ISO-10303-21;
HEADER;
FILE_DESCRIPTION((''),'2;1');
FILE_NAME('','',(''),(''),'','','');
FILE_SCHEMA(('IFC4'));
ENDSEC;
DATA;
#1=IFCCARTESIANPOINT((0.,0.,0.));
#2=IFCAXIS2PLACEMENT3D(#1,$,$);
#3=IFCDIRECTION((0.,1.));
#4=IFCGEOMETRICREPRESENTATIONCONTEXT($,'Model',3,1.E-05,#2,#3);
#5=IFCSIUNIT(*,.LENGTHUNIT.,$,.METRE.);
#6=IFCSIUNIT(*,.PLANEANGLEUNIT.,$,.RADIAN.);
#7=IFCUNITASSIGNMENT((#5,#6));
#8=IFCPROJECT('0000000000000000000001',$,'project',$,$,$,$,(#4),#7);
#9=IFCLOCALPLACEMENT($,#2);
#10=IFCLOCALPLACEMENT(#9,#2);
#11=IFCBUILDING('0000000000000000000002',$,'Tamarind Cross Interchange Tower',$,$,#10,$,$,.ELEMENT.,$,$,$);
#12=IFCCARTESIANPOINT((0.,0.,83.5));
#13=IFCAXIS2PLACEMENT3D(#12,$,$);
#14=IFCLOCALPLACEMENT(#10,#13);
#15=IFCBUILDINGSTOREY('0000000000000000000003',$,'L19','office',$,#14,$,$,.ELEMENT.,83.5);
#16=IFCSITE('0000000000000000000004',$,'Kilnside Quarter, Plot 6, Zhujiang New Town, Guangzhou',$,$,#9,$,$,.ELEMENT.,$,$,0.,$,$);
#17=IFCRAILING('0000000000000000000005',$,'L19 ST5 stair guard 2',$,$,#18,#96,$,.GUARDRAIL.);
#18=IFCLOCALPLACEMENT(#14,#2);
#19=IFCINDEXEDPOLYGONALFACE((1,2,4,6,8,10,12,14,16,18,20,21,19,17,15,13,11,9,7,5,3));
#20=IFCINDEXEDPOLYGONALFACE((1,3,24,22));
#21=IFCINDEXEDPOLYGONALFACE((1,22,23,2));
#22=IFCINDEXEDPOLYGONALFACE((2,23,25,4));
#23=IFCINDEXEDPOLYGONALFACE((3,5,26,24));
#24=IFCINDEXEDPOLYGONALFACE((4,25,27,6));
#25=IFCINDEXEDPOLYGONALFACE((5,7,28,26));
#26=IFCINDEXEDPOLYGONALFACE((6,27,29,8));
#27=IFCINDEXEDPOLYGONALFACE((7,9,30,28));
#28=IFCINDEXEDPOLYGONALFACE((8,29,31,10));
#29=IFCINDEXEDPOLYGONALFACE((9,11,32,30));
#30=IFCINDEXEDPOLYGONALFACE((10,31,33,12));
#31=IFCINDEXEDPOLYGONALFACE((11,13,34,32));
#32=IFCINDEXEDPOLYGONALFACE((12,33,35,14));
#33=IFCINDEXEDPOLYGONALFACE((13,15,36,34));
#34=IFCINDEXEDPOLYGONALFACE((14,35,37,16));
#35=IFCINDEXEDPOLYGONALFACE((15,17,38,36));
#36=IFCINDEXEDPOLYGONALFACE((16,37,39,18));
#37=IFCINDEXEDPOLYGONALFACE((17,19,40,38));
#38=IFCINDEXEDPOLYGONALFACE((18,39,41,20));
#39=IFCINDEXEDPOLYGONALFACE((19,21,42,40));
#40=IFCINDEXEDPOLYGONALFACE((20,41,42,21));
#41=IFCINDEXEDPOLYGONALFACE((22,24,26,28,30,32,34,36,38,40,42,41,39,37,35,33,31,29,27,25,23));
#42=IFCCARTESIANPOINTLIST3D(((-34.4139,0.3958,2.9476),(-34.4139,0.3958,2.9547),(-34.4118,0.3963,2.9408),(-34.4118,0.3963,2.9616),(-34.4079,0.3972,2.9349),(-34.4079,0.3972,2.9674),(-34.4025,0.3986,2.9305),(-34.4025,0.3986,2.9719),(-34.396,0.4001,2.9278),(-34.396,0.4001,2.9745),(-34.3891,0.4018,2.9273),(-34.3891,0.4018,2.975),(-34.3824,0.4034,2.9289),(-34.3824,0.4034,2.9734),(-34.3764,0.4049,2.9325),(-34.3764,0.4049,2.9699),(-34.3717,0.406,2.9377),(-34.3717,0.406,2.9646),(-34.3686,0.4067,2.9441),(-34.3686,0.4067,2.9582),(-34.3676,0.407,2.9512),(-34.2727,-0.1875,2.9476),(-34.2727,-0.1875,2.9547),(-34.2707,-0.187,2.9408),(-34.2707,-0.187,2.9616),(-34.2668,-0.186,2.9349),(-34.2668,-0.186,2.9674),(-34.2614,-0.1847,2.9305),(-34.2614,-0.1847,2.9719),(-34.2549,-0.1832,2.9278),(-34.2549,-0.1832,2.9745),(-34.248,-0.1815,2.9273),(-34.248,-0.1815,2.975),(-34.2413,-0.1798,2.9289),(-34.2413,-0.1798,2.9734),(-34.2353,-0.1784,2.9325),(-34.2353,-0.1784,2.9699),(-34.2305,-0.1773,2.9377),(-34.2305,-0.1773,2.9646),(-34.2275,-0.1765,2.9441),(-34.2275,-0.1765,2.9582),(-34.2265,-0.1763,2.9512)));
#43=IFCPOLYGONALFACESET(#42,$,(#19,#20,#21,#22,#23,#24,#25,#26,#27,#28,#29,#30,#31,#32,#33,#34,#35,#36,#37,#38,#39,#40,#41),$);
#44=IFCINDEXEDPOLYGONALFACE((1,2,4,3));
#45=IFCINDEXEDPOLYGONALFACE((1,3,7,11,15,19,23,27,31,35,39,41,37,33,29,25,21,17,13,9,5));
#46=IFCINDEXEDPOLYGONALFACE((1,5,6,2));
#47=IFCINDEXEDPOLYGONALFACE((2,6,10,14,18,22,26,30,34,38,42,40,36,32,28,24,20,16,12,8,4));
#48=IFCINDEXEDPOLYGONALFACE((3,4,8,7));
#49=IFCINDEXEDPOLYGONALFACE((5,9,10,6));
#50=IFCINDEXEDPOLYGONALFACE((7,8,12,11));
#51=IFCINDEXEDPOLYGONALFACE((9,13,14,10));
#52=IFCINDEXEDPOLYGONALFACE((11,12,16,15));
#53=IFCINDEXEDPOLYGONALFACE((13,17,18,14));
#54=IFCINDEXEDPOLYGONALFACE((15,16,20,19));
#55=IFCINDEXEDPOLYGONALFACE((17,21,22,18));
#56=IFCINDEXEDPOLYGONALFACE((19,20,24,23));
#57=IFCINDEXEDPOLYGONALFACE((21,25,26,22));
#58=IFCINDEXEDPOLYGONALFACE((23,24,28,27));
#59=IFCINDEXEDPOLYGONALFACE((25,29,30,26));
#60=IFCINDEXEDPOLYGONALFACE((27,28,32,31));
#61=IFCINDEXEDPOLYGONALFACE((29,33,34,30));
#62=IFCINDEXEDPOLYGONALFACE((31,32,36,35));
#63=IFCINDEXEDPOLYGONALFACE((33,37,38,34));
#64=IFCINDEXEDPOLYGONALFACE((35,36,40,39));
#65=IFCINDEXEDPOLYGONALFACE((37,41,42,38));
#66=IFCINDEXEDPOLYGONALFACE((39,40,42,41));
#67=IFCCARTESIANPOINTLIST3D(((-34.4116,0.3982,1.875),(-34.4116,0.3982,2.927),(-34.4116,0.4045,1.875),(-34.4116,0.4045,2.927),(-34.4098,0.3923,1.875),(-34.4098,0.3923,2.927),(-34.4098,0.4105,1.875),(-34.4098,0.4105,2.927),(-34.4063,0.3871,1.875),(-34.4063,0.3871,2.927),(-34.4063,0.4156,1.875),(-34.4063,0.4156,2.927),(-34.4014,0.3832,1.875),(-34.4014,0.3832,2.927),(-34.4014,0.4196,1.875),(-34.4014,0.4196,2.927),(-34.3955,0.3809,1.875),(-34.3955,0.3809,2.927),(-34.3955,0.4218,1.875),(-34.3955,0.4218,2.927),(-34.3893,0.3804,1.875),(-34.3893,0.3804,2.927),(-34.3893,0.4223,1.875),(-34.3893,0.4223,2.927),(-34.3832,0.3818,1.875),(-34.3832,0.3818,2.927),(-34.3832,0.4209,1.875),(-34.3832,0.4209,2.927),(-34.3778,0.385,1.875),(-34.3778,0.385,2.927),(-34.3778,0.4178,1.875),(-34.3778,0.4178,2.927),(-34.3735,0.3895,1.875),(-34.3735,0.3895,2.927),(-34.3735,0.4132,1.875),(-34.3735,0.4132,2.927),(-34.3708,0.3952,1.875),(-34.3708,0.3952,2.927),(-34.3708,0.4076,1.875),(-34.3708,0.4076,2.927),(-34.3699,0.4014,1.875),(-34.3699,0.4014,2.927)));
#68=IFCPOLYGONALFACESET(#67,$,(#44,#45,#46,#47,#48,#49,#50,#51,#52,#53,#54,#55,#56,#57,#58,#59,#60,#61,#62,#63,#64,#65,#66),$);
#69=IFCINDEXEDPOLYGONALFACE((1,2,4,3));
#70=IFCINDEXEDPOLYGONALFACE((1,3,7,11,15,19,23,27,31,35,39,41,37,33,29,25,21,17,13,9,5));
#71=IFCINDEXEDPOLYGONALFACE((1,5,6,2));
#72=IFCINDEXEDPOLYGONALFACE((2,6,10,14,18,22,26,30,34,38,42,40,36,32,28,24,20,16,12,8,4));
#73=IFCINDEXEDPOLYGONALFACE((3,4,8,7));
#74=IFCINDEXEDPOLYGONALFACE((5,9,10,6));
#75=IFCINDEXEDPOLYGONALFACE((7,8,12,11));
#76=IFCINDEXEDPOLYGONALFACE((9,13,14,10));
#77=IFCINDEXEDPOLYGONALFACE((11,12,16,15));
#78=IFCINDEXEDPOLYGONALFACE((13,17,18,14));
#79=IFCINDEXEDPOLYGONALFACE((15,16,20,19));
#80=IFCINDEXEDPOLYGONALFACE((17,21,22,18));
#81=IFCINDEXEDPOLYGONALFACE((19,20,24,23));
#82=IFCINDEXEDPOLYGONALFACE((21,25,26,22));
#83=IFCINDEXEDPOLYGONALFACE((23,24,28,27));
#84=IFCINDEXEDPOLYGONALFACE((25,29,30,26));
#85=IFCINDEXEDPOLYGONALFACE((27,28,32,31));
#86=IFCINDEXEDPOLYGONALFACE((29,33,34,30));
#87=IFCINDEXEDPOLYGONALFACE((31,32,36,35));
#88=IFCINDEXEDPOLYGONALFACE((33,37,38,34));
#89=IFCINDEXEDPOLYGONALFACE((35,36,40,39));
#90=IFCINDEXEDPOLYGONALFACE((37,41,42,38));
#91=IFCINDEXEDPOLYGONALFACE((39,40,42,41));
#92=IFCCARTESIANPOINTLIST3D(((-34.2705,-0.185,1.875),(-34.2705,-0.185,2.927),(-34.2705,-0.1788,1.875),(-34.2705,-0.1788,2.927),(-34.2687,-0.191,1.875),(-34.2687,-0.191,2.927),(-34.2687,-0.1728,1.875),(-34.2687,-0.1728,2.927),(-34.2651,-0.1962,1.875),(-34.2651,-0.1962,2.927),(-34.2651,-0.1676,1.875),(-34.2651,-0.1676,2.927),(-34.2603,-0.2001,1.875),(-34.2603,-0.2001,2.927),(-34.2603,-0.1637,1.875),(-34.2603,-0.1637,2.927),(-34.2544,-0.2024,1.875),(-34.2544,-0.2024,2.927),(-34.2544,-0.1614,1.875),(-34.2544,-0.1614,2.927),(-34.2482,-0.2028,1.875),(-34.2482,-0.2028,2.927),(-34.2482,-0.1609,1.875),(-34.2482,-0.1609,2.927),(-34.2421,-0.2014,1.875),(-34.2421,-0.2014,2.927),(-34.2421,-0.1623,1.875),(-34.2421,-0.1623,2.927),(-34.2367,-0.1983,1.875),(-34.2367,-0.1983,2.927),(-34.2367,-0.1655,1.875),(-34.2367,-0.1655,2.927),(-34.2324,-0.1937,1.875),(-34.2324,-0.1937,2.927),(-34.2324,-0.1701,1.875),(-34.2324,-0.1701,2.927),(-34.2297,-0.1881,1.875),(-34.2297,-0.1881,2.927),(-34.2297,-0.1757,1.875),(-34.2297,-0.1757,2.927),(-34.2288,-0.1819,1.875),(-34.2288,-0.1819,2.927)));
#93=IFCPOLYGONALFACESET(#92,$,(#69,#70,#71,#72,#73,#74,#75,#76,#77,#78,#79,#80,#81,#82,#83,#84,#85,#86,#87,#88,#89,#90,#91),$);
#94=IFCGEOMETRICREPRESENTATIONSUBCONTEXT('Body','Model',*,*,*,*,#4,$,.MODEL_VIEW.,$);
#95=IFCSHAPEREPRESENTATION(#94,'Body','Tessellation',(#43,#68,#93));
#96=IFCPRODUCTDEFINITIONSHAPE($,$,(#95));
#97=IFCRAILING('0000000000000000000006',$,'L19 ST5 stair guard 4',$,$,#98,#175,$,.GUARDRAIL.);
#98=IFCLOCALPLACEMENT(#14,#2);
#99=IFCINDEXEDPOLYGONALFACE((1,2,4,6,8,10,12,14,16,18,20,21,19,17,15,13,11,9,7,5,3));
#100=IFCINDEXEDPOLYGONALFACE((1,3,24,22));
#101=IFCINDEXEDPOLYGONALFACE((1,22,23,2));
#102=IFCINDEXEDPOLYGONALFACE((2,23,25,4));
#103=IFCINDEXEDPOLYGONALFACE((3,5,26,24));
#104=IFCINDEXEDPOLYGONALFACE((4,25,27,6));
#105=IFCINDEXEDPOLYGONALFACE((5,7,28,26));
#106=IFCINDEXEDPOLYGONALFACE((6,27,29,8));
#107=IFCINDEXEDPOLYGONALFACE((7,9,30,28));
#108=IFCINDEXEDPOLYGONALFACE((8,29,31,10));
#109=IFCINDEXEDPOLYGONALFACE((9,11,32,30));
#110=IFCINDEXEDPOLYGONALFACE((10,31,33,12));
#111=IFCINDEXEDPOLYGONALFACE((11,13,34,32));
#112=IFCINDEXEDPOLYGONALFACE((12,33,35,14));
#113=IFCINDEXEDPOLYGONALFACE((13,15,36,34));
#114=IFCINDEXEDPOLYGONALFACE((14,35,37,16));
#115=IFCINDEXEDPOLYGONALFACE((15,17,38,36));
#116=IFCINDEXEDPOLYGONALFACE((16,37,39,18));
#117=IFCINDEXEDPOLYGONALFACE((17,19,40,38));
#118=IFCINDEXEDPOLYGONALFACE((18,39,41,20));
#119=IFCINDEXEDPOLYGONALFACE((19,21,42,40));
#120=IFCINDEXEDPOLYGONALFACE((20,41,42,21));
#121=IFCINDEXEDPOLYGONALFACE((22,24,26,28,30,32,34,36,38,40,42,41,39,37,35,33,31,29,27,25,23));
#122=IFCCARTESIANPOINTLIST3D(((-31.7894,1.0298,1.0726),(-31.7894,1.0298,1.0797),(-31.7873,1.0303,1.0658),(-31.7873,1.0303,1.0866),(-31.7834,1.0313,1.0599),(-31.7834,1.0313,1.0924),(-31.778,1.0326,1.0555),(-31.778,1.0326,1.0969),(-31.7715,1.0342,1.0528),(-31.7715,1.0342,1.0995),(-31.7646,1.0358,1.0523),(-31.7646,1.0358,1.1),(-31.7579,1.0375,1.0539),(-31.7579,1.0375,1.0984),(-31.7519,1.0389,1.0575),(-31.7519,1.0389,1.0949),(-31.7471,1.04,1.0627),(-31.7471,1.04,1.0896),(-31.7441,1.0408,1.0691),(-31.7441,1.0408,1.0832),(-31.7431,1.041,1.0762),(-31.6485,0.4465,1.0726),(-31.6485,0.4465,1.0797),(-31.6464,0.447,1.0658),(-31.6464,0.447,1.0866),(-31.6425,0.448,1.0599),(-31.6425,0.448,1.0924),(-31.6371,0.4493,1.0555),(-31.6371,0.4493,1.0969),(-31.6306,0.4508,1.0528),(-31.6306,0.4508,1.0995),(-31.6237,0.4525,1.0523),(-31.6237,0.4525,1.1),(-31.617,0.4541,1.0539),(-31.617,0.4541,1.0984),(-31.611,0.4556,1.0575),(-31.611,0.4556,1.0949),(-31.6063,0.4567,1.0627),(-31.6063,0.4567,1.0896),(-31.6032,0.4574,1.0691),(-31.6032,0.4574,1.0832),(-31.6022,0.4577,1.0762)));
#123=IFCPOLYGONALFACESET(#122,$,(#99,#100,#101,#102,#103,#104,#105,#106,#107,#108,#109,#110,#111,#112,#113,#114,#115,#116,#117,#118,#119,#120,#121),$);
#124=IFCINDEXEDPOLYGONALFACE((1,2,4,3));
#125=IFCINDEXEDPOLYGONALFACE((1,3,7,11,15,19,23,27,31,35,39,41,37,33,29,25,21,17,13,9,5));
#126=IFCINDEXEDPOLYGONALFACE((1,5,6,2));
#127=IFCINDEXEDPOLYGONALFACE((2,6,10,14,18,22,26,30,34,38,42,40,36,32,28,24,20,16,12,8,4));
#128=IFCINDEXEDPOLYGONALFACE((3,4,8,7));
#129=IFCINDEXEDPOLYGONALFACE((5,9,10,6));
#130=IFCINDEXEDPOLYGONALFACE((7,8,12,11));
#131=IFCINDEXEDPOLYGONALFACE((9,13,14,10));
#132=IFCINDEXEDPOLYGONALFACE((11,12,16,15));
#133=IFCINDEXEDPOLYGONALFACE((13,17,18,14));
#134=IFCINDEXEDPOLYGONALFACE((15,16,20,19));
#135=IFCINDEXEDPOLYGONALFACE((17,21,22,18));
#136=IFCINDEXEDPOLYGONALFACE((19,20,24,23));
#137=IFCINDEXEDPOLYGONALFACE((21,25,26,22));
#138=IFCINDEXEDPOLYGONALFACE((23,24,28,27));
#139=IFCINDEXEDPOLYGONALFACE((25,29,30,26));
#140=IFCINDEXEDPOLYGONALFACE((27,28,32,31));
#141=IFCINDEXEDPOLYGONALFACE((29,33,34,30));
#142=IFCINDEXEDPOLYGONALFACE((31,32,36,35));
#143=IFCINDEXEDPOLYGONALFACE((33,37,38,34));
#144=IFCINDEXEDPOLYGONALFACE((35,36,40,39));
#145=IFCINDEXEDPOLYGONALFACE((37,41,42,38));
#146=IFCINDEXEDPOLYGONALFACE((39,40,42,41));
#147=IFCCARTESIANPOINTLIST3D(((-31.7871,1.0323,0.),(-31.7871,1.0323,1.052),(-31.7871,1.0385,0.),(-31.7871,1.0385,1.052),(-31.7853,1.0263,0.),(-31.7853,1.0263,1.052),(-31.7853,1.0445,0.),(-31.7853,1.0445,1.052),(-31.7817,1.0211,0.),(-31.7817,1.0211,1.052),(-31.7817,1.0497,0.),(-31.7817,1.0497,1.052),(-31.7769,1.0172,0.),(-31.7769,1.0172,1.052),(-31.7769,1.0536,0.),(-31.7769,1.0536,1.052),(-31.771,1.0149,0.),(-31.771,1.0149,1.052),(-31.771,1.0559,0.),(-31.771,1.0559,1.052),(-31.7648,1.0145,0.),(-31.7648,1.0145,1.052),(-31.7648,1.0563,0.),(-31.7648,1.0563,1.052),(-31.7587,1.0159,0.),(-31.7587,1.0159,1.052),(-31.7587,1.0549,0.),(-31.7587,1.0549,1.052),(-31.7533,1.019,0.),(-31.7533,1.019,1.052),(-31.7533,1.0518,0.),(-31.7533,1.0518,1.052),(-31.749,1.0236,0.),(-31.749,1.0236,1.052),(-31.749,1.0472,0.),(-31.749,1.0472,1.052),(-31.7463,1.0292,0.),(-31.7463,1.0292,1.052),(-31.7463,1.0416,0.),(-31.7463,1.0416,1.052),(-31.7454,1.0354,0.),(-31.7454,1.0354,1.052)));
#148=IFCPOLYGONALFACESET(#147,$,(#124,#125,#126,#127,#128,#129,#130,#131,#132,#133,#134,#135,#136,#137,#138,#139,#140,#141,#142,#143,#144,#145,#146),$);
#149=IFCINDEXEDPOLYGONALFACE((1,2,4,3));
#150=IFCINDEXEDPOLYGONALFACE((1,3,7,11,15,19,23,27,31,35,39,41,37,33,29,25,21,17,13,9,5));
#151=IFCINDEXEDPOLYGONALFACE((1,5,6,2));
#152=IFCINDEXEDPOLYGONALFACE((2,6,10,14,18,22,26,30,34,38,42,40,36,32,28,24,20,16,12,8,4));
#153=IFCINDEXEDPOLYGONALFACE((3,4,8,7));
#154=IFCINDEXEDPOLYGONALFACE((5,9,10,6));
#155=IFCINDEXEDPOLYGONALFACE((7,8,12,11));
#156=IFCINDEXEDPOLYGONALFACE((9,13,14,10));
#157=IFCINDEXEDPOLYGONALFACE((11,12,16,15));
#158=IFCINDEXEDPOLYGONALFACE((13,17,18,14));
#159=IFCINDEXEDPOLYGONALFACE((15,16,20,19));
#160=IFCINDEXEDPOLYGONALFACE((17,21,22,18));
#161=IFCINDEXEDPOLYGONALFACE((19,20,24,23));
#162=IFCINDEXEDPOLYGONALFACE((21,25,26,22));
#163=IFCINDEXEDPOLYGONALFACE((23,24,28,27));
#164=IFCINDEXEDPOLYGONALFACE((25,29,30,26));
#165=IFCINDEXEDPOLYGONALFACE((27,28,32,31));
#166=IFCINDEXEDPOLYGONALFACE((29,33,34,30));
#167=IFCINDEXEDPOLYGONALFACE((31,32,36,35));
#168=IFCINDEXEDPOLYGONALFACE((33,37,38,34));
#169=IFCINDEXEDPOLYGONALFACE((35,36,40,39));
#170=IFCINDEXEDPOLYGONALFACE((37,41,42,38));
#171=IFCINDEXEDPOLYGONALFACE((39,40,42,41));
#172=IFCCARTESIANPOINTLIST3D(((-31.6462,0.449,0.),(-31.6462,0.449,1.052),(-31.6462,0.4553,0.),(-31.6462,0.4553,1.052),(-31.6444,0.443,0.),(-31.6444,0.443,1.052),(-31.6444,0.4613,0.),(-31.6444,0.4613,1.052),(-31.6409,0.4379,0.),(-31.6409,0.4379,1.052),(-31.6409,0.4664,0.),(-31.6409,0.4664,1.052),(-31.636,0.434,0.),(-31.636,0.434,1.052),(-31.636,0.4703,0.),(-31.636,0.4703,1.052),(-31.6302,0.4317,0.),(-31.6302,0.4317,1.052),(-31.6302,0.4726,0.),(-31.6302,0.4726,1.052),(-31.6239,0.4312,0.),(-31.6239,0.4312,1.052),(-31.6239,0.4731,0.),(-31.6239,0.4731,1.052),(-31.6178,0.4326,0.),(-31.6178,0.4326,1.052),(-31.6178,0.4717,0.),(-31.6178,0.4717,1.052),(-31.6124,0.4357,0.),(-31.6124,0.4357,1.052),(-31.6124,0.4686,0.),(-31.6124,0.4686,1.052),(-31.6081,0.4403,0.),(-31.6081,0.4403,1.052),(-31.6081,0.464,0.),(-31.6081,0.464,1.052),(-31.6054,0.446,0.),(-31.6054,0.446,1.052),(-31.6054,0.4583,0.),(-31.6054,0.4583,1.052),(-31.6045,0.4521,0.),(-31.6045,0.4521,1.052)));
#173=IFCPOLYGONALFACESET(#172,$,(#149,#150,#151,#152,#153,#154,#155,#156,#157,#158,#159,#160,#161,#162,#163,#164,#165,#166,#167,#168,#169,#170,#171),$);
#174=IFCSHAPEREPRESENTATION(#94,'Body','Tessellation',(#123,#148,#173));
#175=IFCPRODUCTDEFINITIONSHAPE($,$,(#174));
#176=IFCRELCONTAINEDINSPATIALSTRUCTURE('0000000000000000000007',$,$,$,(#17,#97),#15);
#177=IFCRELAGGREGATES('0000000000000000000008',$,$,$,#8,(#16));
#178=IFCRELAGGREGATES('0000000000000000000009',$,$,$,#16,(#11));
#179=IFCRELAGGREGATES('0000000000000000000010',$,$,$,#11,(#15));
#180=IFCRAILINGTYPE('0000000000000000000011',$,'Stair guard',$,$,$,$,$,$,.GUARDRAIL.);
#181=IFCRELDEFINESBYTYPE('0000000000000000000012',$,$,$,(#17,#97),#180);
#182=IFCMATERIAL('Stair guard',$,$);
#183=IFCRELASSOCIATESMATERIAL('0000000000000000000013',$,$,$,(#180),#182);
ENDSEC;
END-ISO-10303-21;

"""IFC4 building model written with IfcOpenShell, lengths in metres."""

from ifc_helpers import new_model, si_unit, direction, frame, origin, origin_2d, place, context, subcontext, project, spatial, circle, extrude, material, type_object, element, save


model = new_model("IFC4")

# Units and contexts
model_context = context("Model", 3, precision=1e-05, world=origin(), true_north=direction((0.0, 1.0)))
body_context = subcontext(model_context, "Body", "Model", "MODEL_VIEW")
ifc_project = project(units=[si_unit("LENGTHUNIT", "METRE"), si_unit("PLANEANGLEUNIT", "RADIAN")], contexts=[model_context])

# Site, building, storey
site_placement = place(None, origin())
site = spatial("IfcSite", under=ifc_project, at=site_placement, Name="Kilnside Quarter, Plot 6, Zhujiang New Town, Guangzhou", CompositionType="ELEMENT", RefElevation=0.0)
building_placement = place(site_placement, origin())
building = spatial("IfcBuilding", under=site, at=building_placement, Name="Tamarind Cross Interchange Tower", CompositionType="ELEMENT")
storey_placement = place(building_placement, frame((0.0, 0.0, 83.5)))
storey = spatial("IfcBuildingStorey", under=building, at=storey_placement, Name="L19", Description="office", CompositionType="ELEMENT", Elevation=83.5)

# Railings
ifc_material_1 = material(Name="Stair guard")
railing_type_1 = type_object("IfcRailingType", Name="Stair guard", PredefinedType="GUARDRAIL", material=ifc_material_1)
railing_1_placement = place(storey_placement, frame((-34.3909, 0.4014, 1.875)))
element("IfcRailing", 1, at=railing_1_placement, inside=storey, type_object=railing_type_1, Name="L19 ST5 stair guard 2", PredefinedType="GUARDRAIL", context=body_context, shape_type="SweptSolid", body=[
    extrude(circle(Radius=0.0239, at=origin_2d()), frame((0.0, 0.0, 1.0762), z_axis=(0.235158, -0.971957, 0.0), x_axis=(0.971957, 0.235158, 0.0)), (0.0, 0.0, 1.0), 0.6001),
    extrude(circle(Radius=0.021, at=origin_2d()), origin(), (0.0, 0.0, 1.0), 1.052),
    extrude(circle(Radius=0.021, at=origin_2d()), frame((0.1411, -0.5833, 0.0)), (0.0, 0.0, 1.0), 1.052),
])
railing_2_placement = place(storey_placement, frame((-31.7664, 1.0354, 0.0)))
element("IfcRailing", 2, at=railing_2_placement, inside=storey, type_object=railing_type_1, Name="L19 ST5 stair guard 4", PredefinedType="GUARDRAIL", context=body_context, shape_type="SweptSolid", body=[
    extrude(circle(Radius=0.0239, at=origin_2d()), frame((0.0, 0.0, 1.0762), z_axis=(0.234773, -0.97205, 0.0), x_axis=(0.97205, 0.234773, 0.0)), (0.0, 0.0, 1.0), 0.6001),
    extrude(circle(Radius=0.021, at=origin_2d()), origin(), (0.0, 0.0, 1.0), 1.052),
    extrude(circle(Radius=0.021, at=origin_2d()), frame((0.1409, -0.5833, 0.0)), (0.0, 0.0, 1.0), 1.052),
])

save(model, "model.ifc")
